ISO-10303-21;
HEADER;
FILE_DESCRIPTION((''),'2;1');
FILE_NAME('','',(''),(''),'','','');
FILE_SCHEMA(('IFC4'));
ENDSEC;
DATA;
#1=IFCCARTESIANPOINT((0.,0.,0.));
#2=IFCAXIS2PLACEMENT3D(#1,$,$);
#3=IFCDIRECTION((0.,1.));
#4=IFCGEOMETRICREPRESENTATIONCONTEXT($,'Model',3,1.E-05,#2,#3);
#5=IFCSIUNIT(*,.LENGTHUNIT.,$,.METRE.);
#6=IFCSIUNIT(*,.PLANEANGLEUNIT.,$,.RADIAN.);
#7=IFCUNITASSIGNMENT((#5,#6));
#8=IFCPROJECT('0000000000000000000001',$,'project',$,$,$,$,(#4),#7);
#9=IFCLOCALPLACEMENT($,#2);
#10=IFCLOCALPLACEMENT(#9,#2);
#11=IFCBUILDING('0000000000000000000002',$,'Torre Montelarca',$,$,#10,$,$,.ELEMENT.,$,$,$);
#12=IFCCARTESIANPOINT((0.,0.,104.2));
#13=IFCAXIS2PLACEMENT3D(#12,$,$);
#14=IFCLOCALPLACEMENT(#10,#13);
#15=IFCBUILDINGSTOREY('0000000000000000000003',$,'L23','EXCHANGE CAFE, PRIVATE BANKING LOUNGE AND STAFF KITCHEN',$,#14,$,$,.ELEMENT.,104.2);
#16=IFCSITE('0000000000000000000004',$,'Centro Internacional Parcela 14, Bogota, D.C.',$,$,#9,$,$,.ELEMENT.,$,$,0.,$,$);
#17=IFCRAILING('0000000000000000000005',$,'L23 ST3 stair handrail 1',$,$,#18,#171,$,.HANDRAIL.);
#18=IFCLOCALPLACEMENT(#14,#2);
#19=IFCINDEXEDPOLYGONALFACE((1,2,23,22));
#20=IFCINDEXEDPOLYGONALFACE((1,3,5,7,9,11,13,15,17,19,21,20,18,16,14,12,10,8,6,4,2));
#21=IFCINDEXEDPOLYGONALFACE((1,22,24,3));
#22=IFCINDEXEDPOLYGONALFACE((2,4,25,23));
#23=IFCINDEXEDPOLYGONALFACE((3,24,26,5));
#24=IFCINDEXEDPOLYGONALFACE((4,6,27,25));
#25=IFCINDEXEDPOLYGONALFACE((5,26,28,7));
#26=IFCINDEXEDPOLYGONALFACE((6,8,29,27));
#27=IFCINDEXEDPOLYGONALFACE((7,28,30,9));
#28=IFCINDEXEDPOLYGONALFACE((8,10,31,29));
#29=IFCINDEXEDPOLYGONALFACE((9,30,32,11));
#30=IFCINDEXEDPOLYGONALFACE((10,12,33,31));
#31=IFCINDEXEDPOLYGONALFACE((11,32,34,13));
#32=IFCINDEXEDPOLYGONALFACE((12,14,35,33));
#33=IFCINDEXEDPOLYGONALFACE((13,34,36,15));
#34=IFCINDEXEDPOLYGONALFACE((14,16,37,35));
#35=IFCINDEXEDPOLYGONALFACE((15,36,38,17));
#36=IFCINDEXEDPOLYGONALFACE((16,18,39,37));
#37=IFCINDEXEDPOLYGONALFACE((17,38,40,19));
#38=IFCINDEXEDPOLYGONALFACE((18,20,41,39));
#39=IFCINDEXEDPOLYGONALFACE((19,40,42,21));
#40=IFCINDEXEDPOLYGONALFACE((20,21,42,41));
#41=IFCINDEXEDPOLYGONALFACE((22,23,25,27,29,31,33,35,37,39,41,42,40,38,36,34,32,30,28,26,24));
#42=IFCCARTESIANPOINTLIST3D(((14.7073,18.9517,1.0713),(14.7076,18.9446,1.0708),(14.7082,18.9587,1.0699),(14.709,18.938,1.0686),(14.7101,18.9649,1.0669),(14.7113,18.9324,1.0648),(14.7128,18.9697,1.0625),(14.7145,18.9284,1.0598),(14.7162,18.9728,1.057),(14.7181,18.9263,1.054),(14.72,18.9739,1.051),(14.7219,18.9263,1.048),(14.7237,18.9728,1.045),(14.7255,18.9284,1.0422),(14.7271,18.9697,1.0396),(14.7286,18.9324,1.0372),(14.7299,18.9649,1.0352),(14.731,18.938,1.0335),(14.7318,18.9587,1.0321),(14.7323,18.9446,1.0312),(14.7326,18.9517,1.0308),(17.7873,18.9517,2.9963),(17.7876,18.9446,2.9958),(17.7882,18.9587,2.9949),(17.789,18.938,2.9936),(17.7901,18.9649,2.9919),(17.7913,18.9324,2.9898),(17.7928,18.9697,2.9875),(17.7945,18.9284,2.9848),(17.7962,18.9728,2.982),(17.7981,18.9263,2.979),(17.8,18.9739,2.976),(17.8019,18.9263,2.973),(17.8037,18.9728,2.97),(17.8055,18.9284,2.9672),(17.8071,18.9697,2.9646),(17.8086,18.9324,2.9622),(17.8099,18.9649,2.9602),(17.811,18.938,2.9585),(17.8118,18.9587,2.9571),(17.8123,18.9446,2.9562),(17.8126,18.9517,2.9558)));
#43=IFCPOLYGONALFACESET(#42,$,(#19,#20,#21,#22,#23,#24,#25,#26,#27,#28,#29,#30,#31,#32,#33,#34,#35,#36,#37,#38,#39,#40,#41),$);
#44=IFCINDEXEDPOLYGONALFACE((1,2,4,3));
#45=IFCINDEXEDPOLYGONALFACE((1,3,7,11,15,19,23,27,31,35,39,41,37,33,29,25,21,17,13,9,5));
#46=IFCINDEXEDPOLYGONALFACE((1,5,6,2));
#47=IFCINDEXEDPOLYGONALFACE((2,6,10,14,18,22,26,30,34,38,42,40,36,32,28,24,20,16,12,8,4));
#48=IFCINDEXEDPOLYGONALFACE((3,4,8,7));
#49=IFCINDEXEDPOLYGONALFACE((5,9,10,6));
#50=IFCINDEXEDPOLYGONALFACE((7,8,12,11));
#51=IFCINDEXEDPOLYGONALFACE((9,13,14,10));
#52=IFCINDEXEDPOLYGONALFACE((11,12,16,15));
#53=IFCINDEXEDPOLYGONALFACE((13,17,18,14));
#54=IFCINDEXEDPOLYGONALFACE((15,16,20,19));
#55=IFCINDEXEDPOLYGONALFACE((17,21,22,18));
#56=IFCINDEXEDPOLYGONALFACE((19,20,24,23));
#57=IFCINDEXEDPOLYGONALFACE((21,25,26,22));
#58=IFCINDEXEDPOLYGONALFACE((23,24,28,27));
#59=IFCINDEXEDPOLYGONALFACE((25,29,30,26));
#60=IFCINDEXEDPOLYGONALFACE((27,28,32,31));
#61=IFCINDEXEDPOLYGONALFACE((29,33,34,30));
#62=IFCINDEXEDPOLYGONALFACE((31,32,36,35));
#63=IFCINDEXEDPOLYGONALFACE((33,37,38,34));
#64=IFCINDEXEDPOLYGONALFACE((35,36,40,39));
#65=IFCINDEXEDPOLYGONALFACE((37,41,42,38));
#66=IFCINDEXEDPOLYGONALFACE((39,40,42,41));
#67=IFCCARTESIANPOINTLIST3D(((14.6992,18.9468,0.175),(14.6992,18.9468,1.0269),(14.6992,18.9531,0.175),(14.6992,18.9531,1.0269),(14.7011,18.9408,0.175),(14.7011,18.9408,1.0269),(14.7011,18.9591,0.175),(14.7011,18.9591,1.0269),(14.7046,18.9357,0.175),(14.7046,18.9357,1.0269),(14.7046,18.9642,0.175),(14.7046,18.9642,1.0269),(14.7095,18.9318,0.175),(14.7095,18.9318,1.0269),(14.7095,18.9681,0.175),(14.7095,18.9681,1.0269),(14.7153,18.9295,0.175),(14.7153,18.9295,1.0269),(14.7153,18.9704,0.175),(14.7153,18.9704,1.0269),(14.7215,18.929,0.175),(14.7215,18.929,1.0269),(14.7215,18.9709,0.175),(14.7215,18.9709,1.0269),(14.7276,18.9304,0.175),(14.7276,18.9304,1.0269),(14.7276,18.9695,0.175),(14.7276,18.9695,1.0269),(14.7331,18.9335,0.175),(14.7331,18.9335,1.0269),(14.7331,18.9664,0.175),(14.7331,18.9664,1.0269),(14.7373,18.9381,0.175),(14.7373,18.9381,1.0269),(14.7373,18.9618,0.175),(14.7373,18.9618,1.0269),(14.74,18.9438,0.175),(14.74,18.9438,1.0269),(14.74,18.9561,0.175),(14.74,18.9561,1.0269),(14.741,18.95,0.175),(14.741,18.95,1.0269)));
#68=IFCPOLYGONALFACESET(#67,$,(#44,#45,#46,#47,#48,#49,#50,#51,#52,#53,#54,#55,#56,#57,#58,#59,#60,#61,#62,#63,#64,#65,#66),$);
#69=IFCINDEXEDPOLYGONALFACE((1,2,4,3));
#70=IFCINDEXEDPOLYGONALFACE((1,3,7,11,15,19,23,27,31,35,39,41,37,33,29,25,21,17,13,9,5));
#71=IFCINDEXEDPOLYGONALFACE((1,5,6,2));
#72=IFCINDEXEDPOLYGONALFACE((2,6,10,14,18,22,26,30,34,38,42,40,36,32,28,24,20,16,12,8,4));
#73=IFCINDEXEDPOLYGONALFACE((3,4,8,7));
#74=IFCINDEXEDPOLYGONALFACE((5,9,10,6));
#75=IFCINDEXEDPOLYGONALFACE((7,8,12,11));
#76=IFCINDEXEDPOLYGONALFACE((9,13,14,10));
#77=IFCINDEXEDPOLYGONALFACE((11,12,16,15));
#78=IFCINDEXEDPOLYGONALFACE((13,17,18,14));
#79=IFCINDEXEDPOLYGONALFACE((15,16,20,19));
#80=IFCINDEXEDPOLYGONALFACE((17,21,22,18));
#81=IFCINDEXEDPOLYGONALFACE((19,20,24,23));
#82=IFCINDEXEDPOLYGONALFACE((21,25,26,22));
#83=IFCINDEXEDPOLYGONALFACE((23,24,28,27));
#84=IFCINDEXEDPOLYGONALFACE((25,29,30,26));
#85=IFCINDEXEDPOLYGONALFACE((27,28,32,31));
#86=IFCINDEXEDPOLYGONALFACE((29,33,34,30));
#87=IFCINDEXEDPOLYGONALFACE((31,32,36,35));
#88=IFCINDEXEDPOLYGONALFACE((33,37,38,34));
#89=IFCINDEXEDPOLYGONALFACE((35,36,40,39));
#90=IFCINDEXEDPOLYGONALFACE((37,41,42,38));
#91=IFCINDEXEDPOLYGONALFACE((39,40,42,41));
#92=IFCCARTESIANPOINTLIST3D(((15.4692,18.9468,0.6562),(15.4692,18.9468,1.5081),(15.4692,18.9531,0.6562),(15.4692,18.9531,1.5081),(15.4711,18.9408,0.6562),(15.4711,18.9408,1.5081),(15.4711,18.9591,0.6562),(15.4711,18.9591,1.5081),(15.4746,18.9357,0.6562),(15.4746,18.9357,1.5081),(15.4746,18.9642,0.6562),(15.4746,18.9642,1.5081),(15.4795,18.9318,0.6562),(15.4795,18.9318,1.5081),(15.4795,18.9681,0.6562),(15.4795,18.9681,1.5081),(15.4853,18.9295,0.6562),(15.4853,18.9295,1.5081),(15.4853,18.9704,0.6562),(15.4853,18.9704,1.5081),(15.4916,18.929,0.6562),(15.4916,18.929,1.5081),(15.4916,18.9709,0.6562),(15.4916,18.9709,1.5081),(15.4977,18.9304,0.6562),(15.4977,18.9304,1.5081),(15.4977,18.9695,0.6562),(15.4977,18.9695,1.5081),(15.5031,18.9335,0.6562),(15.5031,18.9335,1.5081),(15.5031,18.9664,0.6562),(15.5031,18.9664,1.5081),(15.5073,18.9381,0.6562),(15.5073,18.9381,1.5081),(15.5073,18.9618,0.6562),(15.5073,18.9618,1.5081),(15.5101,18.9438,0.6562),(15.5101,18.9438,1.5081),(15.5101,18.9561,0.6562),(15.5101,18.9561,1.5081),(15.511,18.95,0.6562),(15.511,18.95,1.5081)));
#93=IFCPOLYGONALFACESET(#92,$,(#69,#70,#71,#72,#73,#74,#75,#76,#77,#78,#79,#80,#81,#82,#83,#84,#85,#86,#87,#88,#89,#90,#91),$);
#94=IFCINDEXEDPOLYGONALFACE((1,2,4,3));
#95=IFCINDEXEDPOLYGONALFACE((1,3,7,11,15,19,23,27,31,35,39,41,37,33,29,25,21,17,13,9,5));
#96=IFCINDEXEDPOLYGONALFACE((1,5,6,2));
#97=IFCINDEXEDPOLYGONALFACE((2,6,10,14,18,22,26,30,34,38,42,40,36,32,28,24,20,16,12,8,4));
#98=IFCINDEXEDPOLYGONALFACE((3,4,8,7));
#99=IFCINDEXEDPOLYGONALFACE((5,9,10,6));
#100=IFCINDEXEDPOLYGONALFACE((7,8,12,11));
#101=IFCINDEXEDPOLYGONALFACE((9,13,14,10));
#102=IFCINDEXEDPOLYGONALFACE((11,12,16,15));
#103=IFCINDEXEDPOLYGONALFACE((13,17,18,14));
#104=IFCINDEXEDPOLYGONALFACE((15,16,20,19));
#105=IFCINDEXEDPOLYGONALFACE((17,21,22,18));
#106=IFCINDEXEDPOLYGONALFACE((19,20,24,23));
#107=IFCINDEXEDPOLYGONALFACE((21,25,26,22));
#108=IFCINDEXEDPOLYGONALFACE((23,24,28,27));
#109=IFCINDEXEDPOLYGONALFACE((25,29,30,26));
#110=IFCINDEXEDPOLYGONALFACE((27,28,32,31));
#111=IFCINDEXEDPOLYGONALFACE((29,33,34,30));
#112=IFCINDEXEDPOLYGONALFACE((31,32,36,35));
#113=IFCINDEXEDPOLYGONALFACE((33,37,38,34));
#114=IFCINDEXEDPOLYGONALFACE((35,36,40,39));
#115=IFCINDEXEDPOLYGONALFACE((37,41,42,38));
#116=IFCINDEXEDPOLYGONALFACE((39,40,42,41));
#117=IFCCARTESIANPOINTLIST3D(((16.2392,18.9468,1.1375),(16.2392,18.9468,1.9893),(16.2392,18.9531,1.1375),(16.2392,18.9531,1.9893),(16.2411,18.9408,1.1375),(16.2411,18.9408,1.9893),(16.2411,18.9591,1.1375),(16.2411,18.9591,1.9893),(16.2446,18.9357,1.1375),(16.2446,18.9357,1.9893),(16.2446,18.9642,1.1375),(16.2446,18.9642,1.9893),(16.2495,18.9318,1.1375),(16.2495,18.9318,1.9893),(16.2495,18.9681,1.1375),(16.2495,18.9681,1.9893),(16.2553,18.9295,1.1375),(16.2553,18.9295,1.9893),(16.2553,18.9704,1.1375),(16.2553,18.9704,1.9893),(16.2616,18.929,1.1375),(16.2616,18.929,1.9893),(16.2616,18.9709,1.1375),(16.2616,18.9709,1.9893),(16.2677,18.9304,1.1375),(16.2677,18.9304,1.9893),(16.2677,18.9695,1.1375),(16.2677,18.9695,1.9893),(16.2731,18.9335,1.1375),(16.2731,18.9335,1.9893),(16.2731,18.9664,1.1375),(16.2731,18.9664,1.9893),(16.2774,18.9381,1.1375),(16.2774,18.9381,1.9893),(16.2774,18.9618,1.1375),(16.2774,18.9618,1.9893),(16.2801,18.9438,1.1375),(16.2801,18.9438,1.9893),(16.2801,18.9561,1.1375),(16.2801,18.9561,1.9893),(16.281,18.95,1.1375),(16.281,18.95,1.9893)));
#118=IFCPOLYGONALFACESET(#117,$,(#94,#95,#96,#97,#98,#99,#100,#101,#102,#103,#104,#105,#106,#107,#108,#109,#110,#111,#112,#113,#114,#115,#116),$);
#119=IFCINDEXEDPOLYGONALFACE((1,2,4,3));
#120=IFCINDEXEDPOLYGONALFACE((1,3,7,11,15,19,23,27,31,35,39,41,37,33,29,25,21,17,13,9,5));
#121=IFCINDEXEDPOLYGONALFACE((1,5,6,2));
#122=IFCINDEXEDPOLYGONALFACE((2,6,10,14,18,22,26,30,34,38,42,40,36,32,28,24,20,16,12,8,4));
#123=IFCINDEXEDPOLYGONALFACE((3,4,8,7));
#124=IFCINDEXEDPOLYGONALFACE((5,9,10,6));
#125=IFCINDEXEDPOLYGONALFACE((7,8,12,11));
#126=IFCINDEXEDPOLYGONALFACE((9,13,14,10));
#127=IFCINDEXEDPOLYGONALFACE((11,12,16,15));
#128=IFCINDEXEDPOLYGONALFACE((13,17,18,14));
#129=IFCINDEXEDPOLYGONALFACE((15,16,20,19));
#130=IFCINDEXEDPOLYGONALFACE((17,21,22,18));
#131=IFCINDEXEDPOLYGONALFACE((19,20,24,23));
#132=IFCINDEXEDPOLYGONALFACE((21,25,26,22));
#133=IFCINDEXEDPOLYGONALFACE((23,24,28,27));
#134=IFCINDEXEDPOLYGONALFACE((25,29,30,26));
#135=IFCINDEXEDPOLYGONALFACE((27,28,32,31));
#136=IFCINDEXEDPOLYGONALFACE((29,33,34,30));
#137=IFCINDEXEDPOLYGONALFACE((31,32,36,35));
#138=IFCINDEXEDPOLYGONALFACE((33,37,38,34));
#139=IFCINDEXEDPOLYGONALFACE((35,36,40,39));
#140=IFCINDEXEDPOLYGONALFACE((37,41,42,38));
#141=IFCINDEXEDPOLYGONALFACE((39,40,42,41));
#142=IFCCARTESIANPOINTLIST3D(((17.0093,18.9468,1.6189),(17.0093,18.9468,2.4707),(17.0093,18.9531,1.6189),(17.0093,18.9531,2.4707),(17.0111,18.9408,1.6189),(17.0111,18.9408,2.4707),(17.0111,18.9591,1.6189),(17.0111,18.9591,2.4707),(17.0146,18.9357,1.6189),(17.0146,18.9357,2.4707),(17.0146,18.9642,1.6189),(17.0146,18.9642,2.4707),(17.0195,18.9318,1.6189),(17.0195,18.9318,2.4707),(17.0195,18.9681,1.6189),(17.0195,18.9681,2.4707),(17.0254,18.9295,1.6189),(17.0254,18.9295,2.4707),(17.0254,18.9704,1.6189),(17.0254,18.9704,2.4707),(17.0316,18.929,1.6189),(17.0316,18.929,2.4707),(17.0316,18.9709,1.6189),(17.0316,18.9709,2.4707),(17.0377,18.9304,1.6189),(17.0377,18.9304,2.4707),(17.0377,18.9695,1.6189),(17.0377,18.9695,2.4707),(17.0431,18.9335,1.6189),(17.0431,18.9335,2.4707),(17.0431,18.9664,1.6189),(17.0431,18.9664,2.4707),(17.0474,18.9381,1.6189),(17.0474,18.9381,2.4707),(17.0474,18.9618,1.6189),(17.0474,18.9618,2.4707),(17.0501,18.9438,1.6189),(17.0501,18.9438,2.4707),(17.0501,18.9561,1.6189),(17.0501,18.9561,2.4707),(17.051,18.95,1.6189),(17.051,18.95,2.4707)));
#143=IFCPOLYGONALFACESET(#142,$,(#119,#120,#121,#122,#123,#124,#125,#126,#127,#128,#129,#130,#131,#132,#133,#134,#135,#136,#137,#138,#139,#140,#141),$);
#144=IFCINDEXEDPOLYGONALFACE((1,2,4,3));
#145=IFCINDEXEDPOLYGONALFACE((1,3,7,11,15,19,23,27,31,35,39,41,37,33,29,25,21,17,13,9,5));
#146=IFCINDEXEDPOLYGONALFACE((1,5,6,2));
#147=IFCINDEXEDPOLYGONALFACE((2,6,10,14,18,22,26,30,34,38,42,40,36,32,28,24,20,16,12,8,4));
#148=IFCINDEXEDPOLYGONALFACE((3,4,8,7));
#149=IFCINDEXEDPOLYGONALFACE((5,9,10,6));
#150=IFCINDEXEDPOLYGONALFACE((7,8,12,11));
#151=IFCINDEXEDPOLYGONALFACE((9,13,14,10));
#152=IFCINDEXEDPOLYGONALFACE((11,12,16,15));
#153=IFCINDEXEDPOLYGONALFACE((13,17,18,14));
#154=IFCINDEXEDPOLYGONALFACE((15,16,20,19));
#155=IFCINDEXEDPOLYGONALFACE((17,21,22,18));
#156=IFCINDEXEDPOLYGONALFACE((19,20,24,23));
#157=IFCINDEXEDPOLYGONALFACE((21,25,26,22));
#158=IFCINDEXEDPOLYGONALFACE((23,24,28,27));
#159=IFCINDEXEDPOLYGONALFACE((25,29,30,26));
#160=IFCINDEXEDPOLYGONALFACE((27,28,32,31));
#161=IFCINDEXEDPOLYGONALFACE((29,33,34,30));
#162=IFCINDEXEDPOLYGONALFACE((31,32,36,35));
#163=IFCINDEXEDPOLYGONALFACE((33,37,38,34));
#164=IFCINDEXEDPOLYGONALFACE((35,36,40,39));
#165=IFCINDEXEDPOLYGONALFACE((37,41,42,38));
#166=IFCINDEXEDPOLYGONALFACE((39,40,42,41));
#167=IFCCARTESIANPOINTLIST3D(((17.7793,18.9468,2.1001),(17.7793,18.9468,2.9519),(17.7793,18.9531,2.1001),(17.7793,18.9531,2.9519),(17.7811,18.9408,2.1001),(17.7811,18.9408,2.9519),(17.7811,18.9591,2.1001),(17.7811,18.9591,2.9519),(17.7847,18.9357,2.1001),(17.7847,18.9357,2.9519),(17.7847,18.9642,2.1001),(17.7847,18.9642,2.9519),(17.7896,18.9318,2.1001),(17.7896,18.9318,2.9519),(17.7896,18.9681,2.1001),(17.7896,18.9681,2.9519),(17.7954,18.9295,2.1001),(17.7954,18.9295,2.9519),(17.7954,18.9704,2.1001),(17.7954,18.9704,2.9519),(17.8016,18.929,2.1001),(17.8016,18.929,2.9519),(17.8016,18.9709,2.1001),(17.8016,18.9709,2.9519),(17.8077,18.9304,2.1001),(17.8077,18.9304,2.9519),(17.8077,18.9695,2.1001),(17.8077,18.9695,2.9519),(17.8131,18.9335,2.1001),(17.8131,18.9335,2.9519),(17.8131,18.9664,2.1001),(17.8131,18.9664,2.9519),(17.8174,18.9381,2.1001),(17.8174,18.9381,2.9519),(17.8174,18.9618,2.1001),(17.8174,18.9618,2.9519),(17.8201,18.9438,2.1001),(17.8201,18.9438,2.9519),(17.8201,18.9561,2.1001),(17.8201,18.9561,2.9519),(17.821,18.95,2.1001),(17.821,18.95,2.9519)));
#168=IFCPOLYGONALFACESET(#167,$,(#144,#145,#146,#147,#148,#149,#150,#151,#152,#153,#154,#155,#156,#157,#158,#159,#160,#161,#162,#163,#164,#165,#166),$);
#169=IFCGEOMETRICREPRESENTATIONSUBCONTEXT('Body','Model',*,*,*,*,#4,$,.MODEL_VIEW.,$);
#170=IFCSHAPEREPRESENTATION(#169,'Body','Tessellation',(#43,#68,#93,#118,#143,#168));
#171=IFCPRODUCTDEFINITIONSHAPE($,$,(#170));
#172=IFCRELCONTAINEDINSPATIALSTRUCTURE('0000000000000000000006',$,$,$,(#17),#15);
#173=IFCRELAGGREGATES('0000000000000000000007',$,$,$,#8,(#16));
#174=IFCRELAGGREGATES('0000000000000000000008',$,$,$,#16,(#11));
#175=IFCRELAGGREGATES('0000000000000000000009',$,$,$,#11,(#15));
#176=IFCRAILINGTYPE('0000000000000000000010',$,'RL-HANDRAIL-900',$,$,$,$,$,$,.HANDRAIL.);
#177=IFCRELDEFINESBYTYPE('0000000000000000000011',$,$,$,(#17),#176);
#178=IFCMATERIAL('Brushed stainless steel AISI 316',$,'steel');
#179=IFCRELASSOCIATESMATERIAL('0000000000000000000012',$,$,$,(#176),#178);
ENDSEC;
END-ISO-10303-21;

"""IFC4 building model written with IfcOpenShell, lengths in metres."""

from ifc_helpers import new_model, si_unit, direction, frame, origin, origin_2d, place, context, subcontext, project, spatial, circle, extrude, material, type_object, element, save


model = new_model("IFC4")

# Units and contexts
model_context = context("Model", 3, precision=1e-05, world=origin(), true_north=direction((0.0, 1.0)))
body_context = subcontext(model_context, "Body", "Model", "MODEL_VIEW")
ifc_project = project(units=[si_unit("LENGTHUNIT", "METRE"), si_unit("PLANEANGLEUNIT", "RADIAN")], contexts=[model_context])

# Site, building, storey
site_placement = place(None, origin())
site = spatial("IfcSite", under=ifc_project, at=site_placement, Name="Centro Internacional Parcela 14, Bogota, D.C.", CompositionType="ELEMENT", RefElevation=0.0)
building_placement = place(site_placement, origin())
building = spatial("IfcBuilding", under=site, at=building_placement, Name="Torre Montelarca", CompositionType="ELEMENT")
storey_placement = place(building_placement, frame((0.0, 0.0, 104.2)))
storey = spatial("IfcBuildingStorey", under=building, at=storey_placement, Name="L23", Description="EXCHANGE CAFE, PRIVATE BANKING LOUNGE AND STAFF KITCHEN", CompositionType="ELEMENT", Elevation=104.2)

# Railing
ifc_material_1 = material(Name="Brushed stainless steel AISI 316", Category="steel")
railing_type_1 = type_object("IfcRailingType", Name="RL-HANDRAIL-900", PredefinedType="HANDRAIL", material=ifc_material_1)
railing_1_placement = place(storey_placement, frame((14.72, 18.95, 0.175)))
element("IfcRailing", 1, at=railing_1_placement, inside=storey, type_object=railing_type_1, Name="L23 ST3 stair handrail 1", PredefinedType="HANDRAIL", context=body_context, shape_type="SweptSolid", body=[
    extrude(circle(Radius=0.0239, at=origin_2d()), frame((0.0, 0.0, 0.876), z_axis=(0.847998, 0.0, 0.529999), x_axis=(0.0, 1.0, 0.0)), (0.0, 0.0, 1.0), 3.6321),
    extrude(circle(Radius=0.021, at=origin_2d()), origin(), (0.0, 0.0, 1.0), 0.8518),
    extrude(circle(Radius=0.021, at=origin_2d()), frame((0.77, 0.0, 0.4812)), (0.0, 0.0, 1.0), 0.8518),
    extrude(circle(Radius=0.021, at=origin_2d()), frame((1.54, 0.0, 0.9624)), (0.0, 0.0, 1.0), 0.8518),
    extrude(circle(Radius=0.021, at=origin_2d()), frame((2.3101, 0.0, 1.4438)), (0.0, 0.0, 1.0), 0.8518),
    extrude(circle(Radius=0.021, at=origin_2d()), frame((3.0801, 0.0, 1.925)), (0.0, 0.0, 1.0), 0.8518),
])

save(model, "model.ifc")
